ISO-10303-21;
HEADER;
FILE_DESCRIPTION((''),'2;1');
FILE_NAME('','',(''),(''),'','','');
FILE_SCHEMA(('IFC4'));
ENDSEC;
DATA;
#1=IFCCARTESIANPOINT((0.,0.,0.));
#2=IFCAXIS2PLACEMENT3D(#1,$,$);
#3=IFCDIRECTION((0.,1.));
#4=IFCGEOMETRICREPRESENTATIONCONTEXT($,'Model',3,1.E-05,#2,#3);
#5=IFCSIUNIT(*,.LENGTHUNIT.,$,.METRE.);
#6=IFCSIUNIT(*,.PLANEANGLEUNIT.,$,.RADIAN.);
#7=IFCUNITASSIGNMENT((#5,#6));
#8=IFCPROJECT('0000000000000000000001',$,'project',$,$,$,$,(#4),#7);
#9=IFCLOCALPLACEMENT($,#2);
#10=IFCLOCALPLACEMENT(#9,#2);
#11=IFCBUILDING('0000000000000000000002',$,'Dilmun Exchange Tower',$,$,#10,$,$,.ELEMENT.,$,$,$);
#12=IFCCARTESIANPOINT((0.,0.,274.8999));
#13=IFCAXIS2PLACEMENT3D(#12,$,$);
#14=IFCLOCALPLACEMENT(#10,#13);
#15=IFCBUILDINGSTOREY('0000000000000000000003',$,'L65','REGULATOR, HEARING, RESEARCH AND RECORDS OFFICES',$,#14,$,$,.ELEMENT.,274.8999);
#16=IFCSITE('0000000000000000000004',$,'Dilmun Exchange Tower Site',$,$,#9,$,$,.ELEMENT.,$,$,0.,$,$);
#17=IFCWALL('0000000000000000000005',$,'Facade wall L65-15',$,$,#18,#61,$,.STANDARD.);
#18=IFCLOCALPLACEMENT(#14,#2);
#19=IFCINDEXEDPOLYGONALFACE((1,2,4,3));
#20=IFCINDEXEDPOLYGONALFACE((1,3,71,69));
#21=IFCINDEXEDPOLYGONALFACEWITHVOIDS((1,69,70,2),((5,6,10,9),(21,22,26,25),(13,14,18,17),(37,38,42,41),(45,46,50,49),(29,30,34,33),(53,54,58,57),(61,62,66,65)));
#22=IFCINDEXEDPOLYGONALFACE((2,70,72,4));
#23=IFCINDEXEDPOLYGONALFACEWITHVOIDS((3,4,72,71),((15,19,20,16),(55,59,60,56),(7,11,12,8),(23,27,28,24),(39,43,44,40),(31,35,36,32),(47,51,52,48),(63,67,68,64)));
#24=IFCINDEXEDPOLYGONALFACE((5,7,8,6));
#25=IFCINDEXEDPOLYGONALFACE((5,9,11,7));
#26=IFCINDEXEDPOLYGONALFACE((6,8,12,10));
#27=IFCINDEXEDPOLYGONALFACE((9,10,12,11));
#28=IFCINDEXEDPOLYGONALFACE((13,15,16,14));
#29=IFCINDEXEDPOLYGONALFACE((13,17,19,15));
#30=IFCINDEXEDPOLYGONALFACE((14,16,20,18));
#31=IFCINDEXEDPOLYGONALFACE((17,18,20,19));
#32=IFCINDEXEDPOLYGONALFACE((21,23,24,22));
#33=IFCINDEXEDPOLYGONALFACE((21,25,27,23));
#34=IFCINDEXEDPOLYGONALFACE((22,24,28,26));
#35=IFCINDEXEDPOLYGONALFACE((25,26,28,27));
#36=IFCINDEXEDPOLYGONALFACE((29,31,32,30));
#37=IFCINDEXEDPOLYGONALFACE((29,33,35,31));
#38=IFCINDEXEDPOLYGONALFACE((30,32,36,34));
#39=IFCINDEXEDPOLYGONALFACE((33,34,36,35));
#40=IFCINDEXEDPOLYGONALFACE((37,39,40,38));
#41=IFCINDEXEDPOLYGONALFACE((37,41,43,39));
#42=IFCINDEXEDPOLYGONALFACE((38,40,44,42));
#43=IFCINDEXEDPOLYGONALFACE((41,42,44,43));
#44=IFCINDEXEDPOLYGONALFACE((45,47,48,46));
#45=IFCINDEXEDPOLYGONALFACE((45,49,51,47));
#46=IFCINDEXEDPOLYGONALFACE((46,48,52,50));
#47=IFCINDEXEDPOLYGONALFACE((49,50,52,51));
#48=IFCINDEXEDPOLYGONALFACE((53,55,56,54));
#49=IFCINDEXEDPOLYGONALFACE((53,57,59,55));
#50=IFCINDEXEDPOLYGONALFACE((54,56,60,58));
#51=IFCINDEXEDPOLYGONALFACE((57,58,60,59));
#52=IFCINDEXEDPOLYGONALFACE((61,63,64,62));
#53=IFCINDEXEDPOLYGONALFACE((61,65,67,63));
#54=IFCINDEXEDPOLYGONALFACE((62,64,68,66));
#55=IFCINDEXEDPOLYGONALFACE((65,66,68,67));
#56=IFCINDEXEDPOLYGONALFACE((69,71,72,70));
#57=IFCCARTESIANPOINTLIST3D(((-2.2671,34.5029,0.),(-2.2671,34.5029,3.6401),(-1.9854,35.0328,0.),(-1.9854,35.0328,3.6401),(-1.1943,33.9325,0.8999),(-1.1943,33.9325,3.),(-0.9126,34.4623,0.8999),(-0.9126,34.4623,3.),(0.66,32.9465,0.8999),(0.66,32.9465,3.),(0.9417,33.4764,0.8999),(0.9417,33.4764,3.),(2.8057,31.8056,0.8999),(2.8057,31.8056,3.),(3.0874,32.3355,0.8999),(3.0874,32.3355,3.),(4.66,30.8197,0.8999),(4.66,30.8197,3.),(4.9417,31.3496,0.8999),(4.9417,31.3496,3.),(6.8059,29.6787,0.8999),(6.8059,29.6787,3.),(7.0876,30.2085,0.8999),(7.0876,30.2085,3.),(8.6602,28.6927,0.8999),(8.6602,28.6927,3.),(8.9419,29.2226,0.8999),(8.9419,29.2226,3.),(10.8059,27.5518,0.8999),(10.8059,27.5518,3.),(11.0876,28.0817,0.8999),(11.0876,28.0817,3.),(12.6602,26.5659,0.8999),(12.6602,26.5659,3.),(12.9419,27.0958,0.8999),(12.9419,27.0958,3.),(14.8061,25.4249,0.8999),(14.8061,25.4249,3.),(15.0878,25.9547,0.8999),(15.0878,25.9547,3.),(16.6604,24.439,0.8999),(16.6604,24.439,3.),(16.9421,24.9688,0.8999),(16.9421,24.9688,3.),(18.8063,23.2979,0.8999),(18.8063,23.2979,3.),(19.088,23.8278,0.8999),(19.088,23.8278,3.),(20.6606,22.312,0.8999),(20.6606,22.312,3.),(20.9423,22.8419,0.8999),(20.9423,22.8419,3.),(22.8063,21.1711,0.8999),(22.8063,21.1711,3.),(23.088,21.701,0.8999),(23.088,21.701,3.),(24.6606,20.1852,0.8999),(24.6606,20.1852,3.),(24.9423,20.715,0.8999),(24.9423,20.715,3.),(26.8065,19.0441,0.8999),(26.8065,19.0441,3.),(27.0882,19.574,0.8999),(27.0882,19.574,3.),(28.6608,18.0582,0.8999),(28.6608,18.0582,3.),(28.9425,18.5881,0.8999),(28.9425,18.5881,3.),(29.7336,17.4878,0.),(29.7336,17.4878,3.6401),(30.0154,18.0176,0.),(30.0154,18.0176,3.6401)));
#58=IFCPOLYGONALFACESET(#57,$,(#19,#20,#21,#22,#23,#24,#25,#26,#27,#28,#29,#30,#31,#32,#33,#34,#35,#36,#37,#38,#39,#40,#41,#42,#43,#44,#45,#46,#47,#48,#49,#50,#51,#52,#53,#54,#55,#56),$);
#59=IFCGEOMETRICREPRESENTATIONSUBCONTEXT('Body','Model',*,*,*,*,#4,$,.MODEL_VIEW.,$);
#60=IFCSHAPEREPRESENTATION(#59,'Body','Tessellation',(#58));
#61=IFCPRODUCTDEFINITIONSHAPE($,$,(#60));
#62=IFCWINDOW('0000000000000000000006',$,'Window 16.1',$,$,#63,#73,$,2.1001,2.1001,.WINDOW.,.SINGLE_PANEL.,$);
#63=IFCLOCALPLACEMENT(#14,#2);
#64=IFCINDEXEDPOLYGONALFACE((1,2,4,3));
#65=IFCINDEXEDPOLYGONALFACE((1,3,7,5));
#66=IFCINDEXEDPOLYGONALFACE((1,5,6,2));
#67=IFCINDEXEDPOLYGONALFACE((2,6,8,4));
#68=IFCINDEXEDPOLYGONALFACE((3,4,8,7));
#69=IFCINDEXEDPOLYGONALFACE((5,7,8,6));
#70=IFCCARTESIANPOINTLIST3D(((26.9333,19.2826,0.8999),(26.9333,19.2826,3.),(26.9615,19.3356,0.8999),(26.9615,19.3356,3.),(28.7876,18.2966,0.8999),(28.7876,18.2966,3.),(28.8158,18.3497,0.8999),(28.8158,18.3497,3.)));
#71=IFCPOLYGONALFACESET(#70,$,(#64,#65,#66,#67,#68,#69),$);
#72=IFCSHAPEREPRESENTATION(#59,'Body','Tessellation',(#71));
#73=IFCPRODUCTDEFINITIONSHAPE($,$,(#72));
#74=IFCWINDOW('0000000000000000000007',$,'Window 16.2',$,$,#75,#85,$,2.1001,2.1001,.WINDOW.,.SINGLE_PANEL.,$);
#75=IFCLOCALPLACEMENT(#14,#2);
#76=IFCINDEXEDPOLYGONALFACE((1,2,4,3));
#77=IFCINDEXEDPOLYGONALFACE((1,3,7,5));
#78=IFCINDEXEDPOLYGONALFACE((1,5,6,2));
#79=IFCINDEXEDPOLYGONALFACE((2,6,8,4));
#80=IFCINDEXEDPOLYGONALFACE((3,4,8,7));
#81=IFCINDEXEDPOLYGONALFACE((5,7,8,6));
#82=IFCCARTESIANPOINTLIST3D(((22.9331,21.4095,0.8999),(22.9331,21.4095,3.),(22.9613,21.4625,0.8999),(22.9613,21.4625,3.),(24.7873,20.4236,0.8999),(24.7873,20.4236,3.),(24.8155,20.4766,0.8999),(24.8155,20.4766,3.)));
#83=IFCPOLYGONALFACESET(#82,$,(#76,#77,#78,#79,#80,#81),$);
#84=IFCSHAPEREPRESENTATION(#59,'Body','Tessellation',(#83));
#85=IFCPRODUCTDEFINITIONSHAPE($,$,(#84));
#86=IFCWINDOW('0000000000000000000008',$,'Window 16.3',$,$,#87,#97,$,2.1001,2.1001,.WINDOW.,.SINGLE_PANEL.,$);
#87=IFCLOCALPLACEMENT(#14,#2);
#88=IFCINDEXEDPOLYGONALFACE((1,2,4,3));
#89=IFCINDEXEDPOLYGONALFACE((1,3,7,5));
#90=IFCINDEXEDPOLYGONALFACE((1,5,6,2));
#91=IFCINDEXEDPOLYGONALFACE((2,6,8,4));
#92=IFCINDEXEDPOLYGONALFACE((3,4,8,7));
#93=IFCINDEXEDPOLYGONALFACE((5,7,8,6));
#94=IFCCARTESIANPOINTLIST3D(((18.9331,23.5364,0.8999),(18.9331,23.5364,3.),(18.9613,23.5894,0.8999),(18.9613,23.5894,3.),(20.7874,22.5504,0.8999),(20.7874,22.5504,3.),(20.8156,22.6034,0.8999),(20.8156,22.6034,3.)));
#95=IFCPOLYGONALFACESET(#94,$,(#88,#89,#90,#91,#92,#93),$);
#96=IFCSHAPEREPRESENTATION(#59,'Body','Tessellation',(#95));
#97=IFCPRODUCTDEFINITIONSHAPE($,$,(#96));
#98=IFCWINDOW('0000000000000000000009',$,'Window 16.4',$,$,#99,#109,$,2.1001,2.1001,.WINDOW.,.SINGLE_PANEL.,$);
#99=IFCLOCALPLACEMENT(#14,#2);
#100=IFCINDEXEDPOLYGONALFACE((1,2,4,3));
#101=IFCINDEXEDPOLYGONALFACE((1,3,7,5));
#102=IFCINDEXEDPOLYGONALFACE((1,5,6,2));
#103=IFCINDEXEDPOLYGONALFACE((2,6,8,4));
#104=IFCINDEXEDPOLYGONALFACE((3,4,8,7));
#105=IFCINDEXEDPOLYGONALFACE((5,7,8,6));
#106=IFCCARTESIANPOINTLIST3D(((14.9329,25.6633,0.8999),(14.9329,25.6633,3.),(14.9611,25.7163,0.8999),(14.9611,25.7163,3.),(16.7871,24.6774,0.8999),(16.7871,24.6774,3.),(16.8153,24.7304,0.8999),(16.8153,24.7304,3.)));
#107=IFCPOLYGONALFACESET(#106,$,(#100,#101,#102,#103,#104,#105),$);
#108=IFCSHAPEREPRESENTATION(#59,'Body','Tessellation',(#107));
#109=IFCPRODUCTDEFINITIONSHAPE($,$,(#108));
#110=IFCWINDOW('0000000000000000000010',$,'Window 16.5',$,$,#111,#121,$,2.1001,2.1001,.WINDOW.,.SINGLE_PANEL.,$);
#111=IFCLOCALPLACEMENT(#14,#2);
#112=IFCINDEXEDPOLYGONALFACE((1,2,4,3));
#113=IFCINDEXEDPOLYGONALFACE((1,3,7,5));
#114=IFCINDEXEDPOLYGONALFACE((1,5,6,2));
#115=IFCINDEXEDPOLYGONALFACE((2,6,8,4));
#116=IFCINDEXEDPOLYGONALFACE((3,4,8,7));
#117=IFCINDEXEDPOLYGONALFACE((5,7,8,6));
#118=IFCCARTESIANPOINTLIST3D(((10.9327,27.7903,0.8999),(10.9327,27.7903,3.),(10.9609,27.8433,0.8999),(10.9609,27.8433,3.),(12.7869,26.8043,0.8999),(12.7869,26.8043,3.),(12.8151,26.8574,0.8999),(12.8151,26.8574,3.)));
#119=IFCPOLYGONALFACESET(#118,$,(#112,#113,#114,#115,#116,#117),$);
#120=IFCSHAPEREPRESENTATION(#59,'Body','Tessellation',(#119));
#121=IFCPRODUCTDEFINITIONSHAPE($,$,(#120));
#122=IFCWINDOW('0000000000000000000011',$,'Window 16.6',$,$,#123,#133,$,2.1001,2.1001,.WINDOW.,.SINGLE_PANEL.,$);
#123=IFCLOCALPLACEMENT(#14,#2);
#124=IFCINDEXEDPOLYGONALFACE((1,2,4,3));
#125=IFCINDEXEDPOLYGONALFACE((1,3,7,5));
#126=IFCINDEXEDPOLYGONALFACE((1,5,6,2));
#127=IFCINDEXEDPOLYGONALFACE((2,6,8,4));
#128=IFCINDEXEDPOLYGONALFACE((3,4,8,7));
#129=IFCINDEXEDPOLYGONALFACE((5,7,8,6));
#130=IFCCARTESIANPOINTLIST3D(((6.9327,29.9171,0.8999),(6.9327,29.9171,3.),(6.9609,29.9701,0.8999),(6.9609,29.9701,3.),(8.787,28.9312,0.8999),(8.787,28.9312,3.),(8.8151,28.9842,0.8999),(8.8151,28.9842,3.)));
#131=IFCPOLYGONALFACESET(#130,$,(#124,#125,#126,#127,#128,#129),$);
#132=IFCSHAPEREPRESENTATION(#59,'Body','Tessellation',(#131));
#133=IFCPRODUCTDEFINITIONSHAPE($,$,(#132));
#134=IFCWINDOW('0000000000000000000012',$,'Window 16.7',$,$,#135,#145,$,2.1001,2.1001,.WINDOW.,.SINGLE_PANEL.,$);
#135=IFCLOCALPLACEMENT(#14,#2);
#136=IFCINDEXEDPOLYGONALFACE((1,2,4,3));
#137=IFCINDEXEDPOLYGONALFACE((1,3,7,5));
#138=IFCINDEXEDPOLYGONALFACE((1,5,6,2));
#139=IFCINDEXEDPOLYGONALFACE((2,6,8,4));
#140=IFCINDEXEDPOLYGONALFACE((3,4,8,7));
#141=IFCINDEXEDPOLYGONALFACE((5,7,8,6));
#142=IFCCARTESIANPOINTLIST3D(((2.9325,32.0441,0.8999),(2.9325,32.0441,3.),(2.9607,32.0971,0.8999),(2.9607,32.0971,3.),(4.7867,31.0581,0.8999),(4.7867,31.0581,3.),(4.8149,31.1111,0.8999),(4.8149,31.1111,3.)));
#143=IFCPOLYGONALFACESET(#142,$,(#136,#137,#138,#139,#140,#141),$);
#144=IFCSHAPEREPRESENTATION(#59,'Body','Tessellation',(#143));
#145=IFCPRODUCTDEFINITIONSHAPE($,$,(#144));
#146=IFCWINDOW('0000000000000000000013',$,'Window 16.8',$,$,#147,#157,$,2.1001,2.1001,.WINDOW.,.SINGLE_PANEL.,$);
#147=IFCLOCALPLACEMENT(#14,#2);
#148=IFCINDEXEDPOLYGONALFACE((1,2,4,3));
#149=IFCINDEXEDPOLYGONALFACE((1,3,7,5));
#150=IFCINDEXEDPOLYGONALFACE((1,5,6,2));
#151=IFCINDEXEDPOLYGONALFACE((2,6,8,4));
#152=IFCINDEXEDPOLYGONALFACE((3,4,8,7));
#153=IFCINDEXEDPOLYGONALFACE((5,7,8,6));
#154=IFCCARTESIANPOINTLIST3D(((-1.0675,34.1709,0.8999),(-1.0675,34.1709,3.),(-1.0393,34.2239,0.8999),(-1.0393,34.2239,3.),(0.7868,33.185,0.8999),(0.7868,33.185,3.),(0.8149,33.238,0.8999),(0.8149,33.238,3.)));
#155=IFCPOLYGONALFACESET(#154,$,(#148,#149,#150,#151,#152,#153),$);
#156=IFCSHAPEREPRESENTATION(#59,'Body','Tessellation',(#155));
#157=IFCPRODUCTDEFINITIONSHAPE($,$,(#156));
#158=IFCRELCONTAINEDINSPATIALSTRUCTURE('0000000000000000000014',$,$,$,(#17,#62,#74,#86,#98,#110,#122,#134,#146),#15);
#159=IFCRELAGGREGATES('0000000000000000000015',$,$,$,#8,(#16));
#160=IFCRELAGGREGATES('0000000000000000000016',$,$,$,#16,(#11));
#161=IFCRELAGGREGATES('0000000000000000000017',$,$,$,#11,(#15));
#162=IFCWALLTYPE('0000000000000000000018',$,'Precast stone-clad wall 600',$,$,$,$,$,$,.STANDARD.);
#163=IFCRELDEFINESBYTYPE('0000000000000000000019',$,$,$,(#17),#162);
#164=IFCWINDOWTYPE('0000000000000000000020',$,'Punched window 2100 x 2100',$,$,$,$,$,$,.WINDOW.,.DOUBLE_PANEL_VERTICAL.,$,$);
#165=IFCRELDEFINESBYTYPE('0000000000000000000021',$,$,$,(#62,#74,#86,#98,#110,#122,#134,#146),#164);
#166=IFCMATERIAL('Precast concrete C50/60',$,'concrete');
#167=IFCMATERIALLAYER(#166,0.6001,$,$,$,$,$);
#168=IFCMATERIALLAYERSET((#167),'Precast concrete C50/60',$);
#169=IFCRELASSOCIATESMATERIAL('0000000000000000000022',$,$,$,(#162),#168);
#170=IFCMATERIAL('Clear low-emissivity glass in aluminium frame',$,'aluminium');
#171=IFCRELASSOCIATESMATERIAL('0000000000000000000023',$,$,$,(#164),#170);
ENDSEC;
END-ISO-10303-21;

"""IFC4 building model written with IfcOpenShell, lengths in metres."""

from ifc_helpers import new_model, si_unit, direction, frame, frame_2d, origin, place, context, subcontext, project, spatial, rectangle, extrude, material, layer, layer_set, type_object, element, fill, save


model = new_model("IFC4")

# Units and contexts
model_context = context("Model", 3, precision=1e-05, world=origin(), true_north=direction((0.0, 1.0)))
body_context = subcontext(model_context, "Body", "Model", "MODEL_VIEW")
ifc_project = project(units=[si_unit("LENGTHUNIT", "METRE"), si_unit("PLANEANGLEUNIT", "RADIAN")], contexts=[model_context])

# Site, building, storey
site_placement = place(None, origin())
site = spatial("IfcSite", under=ifc_project, at=site_placement, Name="Dilmun Exchange Tower Site", CompositionType="ELEMENT", RefElevation=0.0)
building_placement = place(site_placement, origin())
building = spatial("IfcBuilding", under=site, at=building_placement, Name="Dilmun Exchange Tower", CompositionType="ELEMENT")
storey_placement = place(building_placement, frame((0.0, 0.0, 274.8999)))
storey = spatial("IfcBuildingStorey", under=building, at=storey_placement, Name="L65", Description="REGULATOR, HEARING, RESEARCH AND RECORDS OFFICES", CompositionType="ELEMENT", Elevation=274.8999)

# Shared definitions
ifc_material_1 = material(Name="Precast concrete C50/60", Category="concrete")
ifc_layer_1 = layer(ifc_material_1, 0.6001)
ifc_layer_set_1 = layer_set([ifc_layer_1], Name="Precast concrete C50/60")
wall_type_1 = type_object("IfcWallType", Name="Precast stone-clad wall 600", PredefinedType="STANDARD", material=ifc_layer_set_1)
ifc_material_2 = material(Name="Clear low-emissivity glass in aluminium frame", Category="aluminium")

# Wall, openings, windows
wall_1_placement = place(storey_placement, frame((29.8745, 17.7527, 0.0), z_axis=(0.0, 0.0, 1.0), x_axis=(-0.882947, 0.469473, 0.0)))
wall_1 = element("IfcWall", 1, at=wall_1_placement, inside=storey, type_object=wall_type_1, Name="Facade wall L65-15", PredefinedType="STANDARD", context=body_context, shape_type="SweptSolid", body=[
    extrude(rectangle(XDim=36.2432, YDim=0.6001, at=frame_2d((18.1216, 0.0))), origin(), (0.0, 0.0, 1.0), 3.6401),
])
opening_1_placement = place(wall_1_placement, frame((1.2151, 0.0, 0.8999)))
opening_1 = element("IfcOpeningElement", 2, at=opening_1_placement, cuts=wall_1, PredefinedType="OPENING", context=body_context, shape_type="SweptSolid", body=[
    extrude(rectangle(XDim=2.1001, YDim=2.1001, at=frame_2d((1.05, 1.05))), frame((0.0, 0.3101, 0.0), z_axis=(0.0, -1.0, 0.0), x_axis=(1.0, 0.0, 0.0)), (0.0, 0.0, 1.0), 0.6201),
])
opening_2_placement = place(wall_1_placement, frame((5.7456, 0.0, 0.8999)))
opening_2 = element("IfcOpeningElement", 3, at=opening_2_placement, cuts=wall_1, PredefinedType="OPENING", context=body_context, shape_type="SweptSolid", body=[
    extrude(rectangle(XDim=2.1001, YDim=2.1001, at=frame_2d((1.05, 1.05))), frame((0.0, 0.3101, 0.0), z_axis=(0.0, -1.0, 0.0), x_axis=(1.0, 0.0, 0.0)), (0.0, 0.0, 1.0), 0.6201),
])
opening_3_placement = place(wall_1_placement, frame((10.2759, 0.0, 0.8999)))
opening_3 = element("IfcOpeningElement", 4, at=opening_3_placement, cuts=wall_1, PredefinedType="OPENING", context=body_context, shape_type="SweptSolid", body=[
    extrude(rectangle(XDim=2.1001, YDim=2.1001, at=frame_2d((1.05, 1.05))), frame((0.0, 0.3101, 0.0), z_axis=(0.0, -1.0, 0.0), x_axis=(1.0, 0.0, 0.0)), (0.0, 0.0, 1.0), 0.6201),
])
opening_4_placement = place(wall_1_placement, frame((14.8064, 0.0, 0.8999)))
opening_4 = element("IfcOpeningElement", 5, at=opening_4_placement, cuts=wall_1, PredefinedType="OPENING", context=body_context, shape_type="SweptSolid", body=[
    extrude(rectangle(XDim=2.1001, YDim=2.1001, at=frame_2d((1.05, 1.05))), frame((0.0, 0.3101, 0.0), z_axis=(0.0, -1.0, 0.0), x_axis=(1.0, 0.0, 0.0)), (0.0, 0.0, 1.0), 0.6201),
])
opening_5_placement = place(wall_1_placement, frame((19.3369, 0.0, 0.8999)))
opening_5 = element("IfcOpeningElement", 6, at=opening_5_placement, cuts=wall_1, PredefinedType="OPENING", context=body_context, shape_type="SweptSolid", body=[
    extrude(rectangle(XDim=2.1001, YDim=2.1001, at=frame_2d((1.05, 1.05))), frame((0.0, 0.3101, 0.0), z_axis=(0.0, -1.0, 0.0), x_axis=(1.0, 0.0, 0.0)), (0.0, 0.0, 1.0), 0.6201),
])
opening_6_placement = place(wall_1_placement, frame((23.8672, 0.0, 0.8999)))
opening_6 = element("IfcOpeningElement", 7, at=opening_6_placement, cuts=wall_1, PredefinedType="OPENING", context=body_context, shape_type="SweptSolid", body=[
    extrude(rectangle(XDim=2.1001, YDim=2.1001, at=frame_2d((1.05, 1.05))), frame((0.0, 0.3101, 0.0), z_axis=(0.0, -1.0, 0.0), x_axis=(1.0, 0.0, 0.0)), (0.0, 0.0, 1.0), 0.6201),
])
opening_7_placement = place(wall_1_placement, frame((28.3977, 0.0, 0.8999)))
opening_7 = element("IfcOpeningElement", 8, at=opening_7_placement, cuts=wall_1, PredefinedType="OPENING", context=body_context, shape_type="SweptSolid", body=[
    extrude(rectangle(XDim=2.1001, YDim=2.1001, at=frame_2d((1.05, 1.05))), frame((0.0, 0.3101, 0.0), z_axis=(0.0, -1.0, 0.0), x_axis=(1.0, 0.0, 0.0)), (0.0, 0.0, 1.0), 0.6201),
])
opening_8_placement = place(wall_1_placement, frame((32.928, 0.0, 0.8999)))
opening_8 = element("IfcOpeningElement", 9, at=opening_8_placement, cuts=wall_1, PredefinedType="OPENING", context=body_context, shape_type="SweptSolid", body=[
    extrude(rectangle(XDim=2.1001, YDim=2.1001, at=frame_2d((1.05, 1.05))), frame((0.0, 0.3101, 0.0), z_axis=(0.0, -1.0, 0.0), x_axis=(1.0, 0.0, 0.0)), (0.0, 0.0, 1.0), 0.6201),
])
window_type_1 = type_object("IfcWindowType", Name="Punched window 2100 x 2100", PartitioningType="DOUBLE_PANEL_VERTICAL", PredefinedType="WINDOW", material=ifc_material_2)
window_1_placement = place(opening_1_placement, origin())
window_1 = element("IfcWindow", 10, at=window_1_placement, inside=storey, type_object=window_type_1, Name="Window 16.1", OverallHeight=2.1001, OverallWidth=2.1001, PartitioningType="SINGLE_PANEL", PredefinedType="WINDOW", context=body_context, shape_type="SweptSolid", body=[
    extrude(rectangle(XDim=2.1001, YDim=2.1001, at=frame_2d((1.05, 1.05))), frame((0.0, 0.03, 0.0), z_axis=(0.0, -1.0, 0.0), x_axis=(1.0, 0.0, 0.0)), (0.0, 0.0, 1.0), 0.0601),
])
fill(opening_1, window_1)
window_2_placement = place(opening_2_placement, origin())
window_2 = element("IfcWindow", 11, at=window_2_placement, inside=storey, type_object=window_type_1, Name="Window 16.2", OverallHeight=2.1001, OverallWidth=2.1001, PartitioningType="SINGLE_PANEL", PredefinedType="WINDOW", context=body_context, shape_type="SweptSolid", body=[
    extrude(rectangle(XDim=2.1001, YDim=2.1001, at=frame_2d((1.05, 1.05))), frame((0.0, 0.03, 0.0), z_axis=(0.0, -1.0, 0.0), x_axis=(1.0, 0.0, 0.0)), (0.0, 0.0, 1.0), 0.0601),
])
fill(opening_2, window_2)
window_3_placement = place(opening_3_placement, origin())
window_3 = element("IfcWindow", 12, at=window_3_placement, inside=storey, type_object=window_type_1, Name="Window 16.3", OverallHeight=2.1001, OverallWidth=2.1001, PartitioningType="SINGLE_PANEL", PredefinedType="WINDOW", context=body_context, shape_type="SweptSolid", body=[
    extrude(rectangle(XDim=2.1001, YDim=2.1001, at=frame_2d((1.05, 1.05))), frame((0.0, 0.03, 0.0), z_axis=(0.0, -1.0, 0.0), x_axis=(1.0, 0.0, 0.0)), (0.0, 0.0, 1.0), 0.0601),
])
fill(opening_3, window_3)
window_4_placement = place(opening_4_placement, origin())
window_4 = element("IfcWindow", 13, at=window_4_placement, inside=storey, type_object=window_type_1, Name="Window 16.4", OverallHeight=2.1001, OverallWidth=2.1001, PartitioningType="SINGLE_PANEL", PredefinedType="WINDOW", context=body_context, shape_type="SweptSolid", body=[
    extrude(rectangle(XDim=2.1001, YDim=2.1001, at=frame_2d((1.05, 1.05))), frame((0.0, 0.03, 0.0), z_axis=(0.0, -1.0, 0.0), x_axis=(1.0, 0.0, 0.0)), (0.0, 0.0, 1.0), 0.0601),
])
fill(opening_4, window_4)
window_5_placement = place(opening_5_placement, origin())
window_5 = element("IfcWindow", 14, at=window_5_placement, inside=storey, type_object=window_type_1, Name="Window 16.5", OverallHeight=2.1001, OverallWidth=2.1001, PartitioningType="SINGLE_PANEL", PredefinedType="WINDOW", context=body_context, shape_type="SweptSolid", body=[
    extrude(rectangle(XDim=2.1001, YDim=2.1001, at=frame_2d((1.05, 1.05))), frame((0.0, 0.03, 0.0), z_axis=(0.0, -1.0, 0.0), x_axis=(1.0, 0.0, 0.0)), (0.0, 0.0, 1.0), 0.0601),
])
fill(opening_5, window_5)
window_6_placement = place(opening_6_placement, origin())
window_6 = element("IfcWindow", 15, at=window_6_placement, inside=storey, type_object=window_type_1, Name="Window 16.6", OverallHeight=2.1001, OverallWidth=2.1001, PartitioningType="SINGLE_PANEL", PredefinedType="WINDOW", context=body_context, shape_type="SweptSolid", body=[
    extrude(rectangle(XDim=2.1001, YDim=2.1001, at=frame_2d((1.05, 1.05))), frame((0.0, 0.03, 0.0), z_axis=(0.0, -1.0, 0.0), x_axis=(1.0, 0.0, 0.0)), (0.0, 0.0, 1.0), 0.0601),
])
fill(opening_6, window_6)
window_7_placement = place(opening_7_placement, origin())
window_7 = element("IfcWindow", 16, at=window_7_placement, inside=storey, type_object=window_type_1, Name="Window 16.7", OverallHeight=2.1001, OverallWidth=2.1001, PartitioningType="SINGLE_PANEL", PredefinedType="WINDOW", context=body_context, shape_type="SweptSolid", body=[
    extrude(rectangle(XDim=2.1001, YDim=2.1001, at=frame_2d((1.05, 1.05))), frame((0.0, 0.03, 0.0), z_axis=(0.0, -1.0, 0.0), x_axis=(1.0, 0.0, 0.0)), (0.0, 0.0, 1.0), 0.0601),
])
fill(opening_7, window_7)
window_8_placement = place(opening_8_placement, origin())
window_8 = element("IfcWindow", 17, at=window_8_placement, inside=storey, type_object=window_type_1, Name="Window 16.8", OverallHeight=2.1001, OverallWidth=2.1001, PartitioningType="SINGLE_PANEL", PredefinedType="WINDOW", context=body_context, shape_type="SweptSolid", body=[
    extrude(rectangle(XDim=2.1001, YDim=2.1001, at=frame_2d((1.05, 1.05))), frame((0.0, 0.03, 0.0), z_axis=(0.0, -1.0, 0.0), x_axis=(1.0, 0.0, 0.0)), (0.0, 0.0, 1.0), 0.0601),
])
fill(opening_8, window_8)

save(model, "model.ifc")
